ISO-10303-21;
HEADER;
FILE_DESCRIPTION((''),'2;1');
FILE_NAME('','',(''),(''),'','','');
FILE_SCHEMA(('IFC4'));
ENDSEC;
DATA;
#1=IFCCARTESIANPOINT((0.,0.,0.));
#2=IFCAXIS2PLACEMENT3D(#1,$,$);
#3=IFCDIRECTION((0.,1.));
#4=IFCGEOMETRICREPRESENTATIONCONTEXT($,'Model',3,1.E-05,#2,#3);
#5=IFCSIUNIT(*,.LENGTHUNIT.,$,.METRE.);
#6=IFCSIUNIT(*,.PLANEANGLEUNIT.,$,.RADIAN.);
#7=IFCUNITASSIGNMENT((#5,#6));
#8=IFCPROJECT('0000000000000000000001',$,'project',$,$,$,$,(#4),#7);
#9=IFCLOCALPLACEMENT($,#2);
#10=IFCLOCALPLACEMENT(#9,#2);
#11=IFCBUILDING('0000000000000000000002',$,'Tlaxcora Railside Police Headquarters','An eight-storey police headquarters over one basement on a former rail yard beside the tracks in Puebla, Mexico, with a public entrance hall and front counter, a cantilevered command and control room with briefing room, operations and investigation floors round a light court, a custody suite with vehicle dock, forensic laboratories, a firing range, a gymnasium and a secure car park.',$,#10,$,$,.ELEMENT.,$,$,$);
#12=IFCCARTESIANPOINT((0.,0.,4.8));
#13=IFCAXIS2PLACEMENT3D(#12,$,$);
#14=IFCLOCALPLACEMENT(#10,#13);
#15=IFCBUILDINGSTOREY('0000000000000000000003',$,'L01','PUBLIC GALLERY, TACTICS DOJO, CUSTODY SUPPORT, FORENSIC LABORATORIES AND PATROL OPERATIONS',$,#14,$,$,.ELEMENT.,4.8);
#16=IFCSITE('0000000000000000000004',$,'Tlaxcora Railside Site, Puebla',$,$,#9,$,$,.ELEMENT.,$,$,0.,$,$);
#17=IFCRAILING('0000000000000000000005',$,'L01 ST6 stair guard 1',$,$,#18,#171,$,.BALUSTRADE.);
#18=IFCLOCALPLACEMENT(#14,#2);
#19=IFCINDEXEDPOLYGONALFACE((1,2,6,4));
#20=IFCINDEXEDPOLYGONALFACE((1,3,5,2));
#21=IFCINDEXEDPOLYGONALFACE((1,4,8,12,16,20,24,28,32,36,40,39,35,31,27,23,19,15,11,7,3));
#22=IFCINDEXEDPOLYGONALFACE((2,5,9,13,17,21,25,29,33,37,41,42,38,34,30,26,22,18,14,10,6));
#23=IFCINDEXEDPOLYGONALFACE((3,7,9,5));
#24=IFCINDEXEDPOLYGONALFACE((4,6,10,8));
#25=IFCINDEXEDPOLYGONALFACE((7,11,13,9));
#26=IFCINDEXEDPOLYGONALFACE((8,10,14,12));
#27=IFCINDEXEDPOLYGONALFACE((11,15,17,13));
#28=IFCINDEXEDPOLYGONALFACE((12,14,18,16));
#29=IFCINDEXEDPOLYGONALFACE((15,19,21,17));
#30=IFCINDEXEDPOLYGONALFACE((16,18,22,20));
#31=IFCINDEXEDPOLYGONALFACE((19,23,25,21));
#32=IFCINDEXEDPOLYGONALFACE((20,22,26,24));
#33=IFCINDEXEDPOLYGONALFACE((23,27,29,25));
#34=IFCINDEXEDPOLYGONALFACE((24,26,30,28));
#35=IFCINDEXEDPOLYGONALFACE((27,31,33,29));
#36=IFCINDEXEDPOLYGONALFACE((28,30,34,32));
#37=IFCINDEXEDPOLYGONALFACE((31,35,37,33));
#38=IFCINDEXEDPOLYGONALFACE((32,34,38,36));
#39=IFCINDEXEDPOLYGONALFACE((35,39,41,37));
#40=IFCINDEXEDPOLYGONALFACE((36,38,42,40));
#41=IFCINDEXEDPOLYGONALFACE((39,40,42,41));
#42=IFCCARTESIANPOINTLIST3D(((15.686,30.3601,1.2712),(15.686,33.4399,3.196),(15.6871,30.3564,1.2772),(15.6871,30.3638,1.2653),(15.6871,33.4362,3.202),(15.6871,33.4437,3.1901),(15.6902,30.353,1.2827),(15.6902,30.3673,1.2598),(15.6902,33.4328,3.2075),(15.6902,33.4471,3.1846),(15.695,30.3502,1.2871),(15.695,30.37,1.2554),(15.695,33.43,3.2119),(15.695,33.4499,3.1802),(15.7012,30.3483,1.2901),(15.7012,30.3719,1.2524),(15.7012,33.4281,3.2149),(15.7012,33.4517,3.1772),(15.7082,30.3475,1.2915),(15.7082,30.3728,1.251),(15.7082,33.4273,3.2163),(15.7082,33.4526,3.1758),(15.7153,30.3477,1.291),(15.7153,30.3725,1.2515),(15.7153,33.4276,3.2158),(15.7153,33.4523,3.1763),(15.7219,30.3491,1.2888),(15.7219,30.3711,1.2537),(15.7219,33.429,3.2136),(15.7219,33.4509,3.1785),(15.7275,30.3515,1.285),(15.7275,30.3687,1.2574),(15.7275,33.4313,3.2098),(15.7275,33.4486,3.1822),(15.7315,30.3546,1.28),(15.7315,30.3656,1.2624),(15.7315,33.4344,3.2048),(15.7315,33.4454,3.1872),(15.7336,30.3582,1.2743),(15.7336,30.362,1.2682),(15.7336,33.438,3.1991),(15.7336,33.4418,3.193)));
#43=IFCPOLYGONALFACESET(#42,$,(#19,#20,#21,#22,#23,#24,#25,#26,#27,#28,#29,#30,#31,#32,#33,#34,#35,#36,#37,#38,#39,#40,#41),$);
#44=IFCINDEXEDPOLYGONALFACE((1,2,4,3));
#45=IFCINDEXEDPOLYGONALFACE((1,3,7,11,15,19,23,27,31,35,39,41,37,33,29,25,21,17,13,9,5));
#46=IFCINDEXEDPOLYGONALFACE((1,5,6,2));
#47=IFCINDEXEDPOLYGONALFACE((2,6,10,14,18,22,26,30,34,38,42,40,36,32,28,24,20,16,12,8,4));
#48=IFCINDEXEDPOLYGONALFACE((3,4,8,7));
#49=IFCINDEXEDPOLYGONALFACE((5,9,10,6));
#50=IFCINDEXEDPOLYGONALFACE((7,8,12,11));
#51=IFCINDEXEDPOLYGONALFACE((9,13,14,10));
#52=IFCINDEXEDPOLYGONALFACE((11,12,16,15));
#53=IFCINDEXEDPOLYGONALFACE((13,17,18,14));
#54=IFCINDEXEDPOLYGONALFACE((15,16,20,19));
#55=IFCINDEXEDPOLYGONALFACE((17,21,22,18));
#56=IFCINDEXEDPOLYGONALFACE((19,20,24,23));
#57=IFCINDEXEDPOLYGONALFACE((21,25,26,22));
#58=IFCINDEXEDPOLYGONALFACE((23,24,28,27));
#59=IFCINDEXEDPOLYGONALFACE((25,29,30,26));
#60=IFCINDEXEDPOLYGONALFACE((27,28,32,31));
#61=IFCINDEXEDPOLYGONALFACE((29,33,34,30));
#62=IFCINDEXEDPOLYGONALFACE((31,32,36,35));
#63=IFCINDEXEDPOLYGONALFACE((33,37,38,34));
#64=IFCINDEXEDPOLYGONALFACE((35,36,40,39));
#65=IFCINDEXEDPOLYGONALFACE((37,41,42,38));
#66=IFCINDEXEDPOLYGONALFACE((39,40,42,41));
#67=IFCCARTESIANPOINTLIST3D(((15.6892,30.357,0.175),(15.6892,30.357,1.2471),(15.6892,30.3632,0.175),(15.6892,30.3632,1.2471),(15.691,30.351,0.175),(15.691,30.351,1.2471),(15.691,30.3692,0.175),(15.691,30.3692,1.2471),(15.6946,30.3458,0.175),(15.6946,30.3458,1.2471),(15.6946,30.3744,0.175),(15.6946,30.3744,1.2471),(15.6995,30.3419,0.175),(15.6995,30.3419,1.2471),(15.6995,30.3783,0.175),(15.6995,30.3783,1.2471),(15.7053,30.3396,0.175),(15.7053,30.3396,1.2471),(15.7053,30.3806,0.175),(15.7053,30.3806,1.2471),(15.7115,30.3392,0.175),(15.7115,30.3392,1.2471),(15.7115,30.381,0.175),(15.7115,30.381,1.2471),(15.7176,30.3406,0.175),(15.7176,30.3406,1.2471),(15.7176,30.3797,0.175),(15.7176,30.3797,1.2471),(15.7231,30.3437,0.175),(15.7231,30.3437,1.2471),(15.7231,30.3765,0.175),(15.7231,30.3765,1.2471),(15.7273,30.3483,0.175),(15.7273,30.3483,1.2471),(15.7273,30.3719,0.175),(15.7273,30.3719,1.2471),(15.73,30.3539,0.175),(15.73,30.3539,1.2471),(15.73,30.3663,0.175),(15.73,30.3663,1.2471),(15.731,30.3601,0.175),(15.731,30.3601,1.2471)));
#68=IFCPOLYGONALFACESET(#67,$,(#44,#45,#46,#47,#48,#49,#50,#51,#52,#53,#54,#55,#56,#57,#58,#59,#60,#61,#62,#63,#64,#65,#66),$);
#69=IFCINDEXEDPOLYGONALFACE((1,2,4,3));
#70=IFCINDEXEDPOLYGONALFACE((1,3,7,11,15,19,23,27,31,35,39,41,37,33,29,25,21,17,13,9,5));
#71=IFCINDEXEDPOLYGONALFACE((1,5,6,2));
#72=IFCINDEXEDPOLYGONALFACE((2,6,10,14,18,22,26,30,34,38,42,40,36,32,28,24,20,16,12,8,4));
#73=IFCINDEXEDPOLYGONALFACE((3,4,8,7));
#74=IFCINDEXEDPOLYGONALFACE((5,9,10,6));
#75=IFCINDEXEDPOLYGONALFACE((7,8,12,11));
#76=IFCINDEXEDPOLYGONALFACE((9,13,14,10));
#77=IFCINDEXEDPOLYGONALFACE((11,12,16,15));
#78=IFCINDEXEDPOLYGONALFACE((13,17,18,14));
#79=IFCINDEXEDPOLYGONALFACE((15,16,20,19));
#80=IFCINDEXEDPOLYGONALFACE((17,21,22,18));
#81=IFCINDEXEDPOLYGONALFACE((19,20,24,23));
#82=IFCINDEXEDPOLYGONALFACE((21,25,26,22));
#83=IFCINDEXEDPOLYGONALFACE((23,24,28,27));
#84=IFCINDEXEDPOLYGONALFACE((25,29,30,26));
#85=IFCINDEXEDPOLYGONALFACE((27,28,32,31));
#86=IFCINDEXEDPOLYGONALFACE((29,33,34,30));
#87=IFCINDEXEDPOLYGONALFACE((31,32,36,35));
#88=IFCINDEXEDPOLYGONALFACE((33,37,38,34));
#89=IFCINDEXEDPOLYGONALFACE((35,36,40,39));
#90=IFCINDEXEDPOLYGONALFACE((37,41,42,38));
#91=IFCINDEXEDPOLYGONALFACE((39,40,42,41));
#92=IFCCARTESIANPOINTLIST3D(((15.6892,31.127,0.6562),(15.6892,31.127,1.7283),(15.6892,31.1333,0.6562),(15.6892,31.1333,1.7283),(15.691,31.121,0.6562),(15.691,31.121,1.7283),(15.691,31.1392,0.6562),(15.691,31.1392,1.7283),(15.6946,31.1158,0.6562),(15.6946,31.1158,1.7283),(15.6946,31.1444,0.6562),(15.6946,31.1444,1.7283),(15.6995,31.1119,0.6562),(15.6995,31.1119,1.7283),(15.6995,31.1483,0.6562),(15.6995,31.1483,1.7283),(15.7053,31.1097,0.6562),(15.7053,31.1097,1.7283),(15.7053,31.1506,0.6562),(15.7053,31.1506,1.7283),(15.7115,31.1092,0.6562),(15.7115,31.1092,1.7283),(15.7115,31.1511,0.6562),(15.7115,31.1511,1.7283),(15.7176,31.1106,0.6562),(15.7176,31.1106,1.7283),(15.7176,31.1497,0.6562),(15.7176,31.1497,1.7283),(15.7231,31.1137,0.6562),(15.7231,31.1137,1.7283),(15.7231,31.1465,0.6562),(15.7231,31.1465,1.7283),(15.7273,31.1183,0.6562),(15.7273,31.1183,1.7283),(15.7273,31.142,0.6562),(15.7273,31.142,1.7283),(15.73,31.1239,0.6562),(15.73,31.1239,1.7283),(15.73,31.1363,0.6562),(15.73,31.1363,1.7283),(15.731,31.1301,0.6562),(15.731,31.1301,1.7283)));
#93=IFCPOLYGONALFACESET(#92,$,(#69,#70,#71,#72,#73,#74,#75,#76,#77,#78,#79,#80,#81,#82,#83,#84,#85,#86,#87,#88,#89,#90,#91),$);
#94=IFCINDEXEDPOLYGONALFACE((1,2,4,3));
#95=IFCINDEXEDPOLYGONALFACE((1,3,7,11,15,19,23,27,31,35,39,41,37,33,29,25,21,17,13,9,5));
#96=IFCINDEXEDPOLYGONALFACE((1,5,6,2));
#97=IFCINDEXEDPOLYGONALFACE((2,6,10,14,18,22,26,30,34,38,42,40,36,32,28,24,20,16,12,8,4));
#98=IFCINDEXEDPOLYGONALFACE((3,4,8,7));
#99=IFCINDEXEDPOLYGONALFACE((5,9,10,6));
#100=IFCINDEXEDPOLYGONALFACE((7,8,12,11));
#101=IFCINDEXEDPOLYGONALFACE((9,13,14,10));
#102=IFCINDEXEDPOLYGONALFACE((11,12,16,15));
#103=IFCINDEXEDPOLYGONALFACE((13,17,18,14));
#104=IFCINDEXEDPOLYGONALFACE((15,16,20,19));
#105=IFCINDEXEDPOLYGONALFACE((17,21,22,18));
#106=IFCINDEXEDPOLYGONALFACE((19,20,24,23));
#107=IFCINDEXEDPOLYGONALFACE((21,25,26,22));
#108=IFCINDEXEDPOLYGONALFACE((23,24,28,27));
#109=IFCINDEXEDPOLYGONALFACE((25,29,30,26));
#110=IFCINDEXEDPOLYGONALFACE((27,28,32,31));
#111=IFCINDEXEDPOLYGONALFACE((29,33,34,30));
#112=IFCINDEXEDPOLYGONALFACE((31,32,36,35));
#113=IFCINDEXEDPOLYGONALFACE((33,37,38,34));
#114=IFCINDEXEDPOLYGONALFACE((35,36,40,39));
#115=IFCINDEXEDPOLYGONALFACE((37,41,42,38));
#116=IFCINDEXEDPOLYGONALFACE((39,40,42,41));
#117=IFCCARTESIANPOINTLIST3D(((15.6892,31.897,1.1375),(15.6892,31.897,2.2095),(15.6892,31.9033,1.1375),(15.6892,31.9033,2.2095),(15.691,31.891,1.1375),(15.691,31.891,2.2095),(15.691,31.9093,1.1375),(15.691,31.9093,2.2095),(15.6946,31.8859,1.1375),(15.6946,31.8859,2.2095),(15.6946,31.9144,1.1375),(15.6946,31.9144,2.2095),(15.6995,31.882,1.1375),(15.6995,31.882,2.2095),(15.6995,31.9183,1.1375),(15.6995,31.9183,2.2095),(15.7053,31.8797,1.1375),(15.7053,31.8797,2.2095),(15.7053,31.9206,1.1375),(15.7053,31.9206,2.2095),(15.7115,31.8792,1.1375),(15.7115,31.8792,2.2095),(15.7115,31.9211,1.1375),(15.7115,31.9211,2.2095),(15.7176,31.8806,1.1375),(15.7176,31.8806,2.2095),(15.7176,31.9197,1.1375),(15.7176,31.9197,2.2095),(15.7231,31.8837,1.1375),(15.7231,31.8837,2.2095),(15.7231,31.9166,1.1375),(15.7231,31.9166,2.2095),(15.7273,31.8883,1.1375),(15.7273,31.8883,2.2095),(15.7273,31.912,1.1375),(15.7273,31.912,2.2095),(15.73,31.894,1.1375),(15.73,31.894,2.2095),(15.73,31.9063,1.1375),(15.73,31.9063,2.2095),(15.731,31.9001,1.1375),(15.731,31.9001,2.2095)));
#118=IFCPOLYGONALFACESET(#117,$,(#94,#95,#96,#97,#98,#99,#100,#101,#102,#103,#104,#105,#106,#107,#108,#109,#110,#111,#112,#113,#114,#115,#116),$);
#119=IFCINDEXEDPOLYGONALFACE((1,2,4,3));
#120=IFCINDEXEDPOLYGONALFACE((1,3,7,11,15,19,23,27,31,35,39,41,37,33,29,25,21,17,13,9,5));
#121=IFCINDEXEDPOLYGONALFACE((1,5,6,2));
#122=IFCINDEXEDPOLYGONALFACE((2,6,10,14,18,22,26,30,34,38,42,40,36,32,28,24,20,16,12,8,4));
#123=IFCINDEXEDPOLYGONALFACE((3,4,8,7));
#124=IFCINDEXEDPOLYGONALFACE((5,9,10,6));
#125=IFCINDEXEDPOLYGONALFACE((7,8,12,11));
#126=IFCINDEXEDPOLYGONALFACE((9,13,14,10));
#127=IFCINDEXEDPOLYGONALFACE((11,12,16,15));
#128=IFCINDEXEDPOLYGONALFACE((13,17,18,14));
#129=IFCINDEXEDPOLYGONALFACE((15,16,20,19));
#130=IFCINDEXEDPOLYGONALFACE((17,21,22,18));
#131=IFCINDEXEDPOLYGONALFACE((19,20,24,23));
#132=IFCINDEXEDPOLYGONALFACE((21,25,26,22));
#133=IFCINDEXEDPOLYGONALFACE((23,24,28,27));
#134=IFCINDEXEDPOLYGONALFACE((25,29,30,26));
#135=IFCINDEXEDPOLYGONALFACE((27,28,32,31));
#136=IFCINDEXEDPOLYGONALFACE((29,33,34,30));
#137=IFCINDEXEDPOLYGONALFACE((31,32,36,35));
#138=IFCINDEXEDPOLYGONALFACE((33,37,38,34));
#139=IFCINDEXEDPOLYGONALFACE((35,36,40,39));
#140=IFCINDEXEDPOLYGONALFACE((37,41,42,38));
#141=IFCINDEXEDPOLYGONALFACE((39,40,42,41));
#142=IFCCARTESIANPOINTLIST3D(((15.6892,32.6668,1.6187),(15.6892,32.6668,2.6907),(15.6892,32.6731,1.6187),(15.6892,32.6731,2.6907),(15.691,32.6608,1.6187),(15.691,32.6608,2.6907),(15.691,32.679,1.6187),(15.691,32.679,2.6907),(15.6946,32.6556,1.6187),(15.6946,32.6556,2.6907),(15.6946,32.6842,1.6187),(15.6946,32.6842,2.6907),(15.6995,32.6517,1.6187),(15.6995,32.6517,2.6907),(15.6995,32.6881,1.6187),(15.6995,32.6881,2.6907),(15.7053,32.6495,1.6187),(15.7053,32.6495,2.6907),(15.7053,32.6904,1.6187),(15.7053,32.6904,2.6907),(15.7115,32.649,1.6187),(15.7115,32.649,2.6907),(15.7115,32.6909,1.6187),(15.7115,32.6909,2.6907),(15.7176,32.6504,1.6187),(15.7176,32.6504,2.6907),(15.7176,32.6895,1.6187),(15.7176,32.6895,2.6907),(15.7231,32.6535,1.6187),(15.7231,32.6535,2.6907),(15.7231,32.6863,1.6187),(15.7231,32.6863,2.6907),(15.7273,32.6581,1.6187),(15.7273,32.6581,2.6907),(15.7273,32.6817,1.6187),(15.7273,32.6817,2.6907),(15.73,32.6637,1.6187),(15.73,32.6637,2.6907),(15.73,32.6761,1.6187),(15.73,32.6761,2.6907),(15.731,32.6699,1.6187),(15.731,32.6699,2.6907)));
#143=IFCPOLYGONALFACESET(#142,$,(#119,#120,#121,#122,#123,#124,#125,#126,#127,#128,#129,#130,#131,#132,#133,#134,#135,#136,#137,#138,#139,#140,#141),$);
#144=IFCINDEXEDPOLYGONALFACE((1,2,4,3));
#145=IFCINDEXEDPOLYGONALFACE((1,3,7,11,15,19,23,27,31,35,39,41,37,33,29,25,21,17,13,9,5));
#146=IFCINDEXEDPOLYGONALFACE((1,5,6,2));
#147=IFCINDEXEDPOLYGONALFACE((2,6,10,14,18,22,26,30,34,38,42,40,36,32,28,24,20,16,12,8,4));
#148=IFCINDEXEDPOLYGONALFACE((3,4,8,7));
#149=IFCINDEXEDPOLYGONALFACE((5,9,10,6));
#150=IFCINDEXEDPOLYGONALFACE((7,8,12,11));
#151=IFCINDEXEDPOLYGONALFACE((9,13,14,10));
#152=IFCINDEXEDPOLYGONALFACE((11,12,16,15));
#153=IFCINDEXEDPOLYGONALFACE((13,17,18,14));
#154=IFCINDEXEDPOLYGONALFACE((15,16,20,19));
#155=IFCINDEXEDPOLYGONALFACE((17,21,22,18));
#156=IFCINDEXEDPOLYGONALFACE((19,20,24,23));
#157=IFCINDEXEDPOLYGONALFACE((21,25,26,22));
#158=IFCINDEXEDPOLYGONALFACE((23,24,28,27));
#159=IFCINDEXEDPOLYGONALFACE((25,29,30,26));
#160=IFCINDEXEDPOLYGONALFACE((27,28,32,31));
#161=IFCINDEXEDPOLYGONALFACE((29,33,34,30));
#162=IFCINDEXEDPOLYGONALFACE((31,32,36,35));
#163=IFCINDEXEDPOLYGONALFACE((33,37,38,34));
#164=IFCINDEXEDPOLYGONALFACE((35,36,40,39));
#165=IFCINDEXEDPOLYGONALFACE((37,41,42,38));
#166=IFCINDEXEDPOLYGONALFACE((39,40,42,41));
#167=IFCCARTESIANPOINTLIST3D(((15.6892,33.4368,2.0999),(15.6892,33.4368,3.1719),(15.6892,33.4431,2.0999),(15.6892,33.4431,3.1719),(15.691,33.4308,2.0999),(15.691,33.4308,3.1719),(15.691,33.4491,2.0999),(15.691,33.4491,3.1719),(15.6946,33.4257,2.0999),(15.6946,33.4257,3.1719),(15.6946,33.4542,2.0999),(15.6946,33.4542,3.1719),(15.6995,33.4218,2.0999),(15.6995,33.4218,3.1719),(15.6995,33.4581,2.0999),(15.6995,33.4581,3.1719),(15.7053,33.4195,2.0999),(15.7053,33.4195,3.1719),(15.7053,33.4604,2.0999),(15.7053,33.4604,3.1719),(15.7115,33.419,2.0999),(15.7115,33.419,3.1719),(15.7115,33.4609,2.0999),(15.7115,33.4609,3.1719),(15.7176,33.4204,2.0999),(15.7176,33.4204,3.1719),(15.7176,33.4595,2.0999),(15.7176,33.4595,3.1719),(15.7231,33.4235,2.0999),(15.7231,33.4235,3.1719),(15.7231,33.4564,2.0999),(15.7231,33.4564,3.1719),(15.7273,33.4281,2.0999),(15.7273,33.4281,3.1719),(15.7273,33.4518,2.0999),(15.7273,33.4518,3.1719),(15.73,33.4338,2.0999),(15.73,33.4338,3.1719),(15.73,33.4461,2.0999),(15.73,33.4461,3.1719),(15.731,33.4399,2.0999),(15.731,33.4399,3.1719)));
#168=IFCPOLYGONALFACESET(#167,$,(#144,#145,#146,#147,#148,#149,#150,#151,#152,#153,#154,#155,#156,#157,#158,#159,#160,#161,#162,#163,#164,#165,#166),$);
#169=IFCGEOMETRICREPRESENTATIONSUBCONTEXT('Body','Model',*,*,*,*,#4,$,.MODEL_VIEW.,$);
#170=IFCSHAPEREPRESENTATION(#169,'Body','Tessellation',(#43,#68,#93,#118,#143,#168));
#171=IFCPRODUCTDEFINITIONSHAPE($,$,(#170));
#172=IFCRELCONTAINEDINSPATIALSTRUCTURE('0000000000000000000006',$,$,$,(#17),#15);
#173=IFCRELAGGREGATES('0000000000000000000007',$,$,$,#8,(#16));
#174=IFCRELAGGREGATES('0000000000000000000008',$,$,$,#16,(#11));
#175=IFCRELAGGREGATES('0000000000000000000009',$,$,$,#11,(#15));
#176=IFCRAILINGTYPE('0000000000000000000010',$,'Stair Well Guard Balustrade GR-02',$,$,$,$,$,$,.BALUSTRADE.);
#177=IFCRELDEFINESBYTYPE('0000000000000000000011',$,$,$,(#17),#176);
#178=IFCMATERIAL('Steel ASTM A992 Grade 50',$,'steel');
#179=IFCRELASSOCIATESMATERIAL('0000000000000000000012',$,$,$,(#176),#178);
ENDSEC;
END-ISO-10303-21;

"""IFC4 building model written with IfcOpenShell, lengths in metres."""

from ifc_helpers import new_model, si_unit, direction, frame, origin, origin_2d, place, context, subcontext, project, spatial, circle, extrude, material, type_object, element, save


model = new_model("IFC4")

# Units and contexts
model_context = context("Model", 3, precision=1e-05, world=origin(), true_north=direction((0.0, 1.0)))
body_context = subcontext(model_context, "Body", "Model", "MODEL_VIEW")
ifc_project = project(units=[si_unit("LENGTHUNIT", "METRE"), si_unit("PLANEANGLEUNIT", "RADIAN")], contexts=[model_context])

# Site, building, storey
site_placement = place(None, origin())
site = spatial("IfcSite", under=ifc_project, at=site_placement, Name="Tlaxcora Railside Site, Puebla", CompositionType="ELEMENT", RefElevation=0.0)
building_placement = place(site_placement, origin())
building = spatial("IfcBuilding", under=site, at=building_placement, Name="Tlaxcora Railside Police Headquarters", Description="An eight-storey police headquarters over one basement on a former rail yard beside the tracks in Puebla, Mexico, with a public entrance hall and front counter, a cantilevered command and control room with briefing room, operations and investigation floors round a light court, a custody suite with vehicle dock, forensic laboratories, a firing range, a gymnasium and a secure car park.", CompositionType="ELEMENT")
storey_placement = place(building_placement, frame((0.0, 0.0, 4.8)))
storey = spatial("IfcBuildingStorey", under=building, at=storey_placement, Name="L01", Description="PUBLIC GALLERY, TACTICS DOJO, CUSTODY SUPPORT, FORENSIC LABORATORIES AND PATROL OPERATIONS", CompositionType="ELEMENT", Elevation=4.8)

# Shared definitions
ifc_material_1 = material(Name="Steel ASTM A992 Grade 50", Category="steel")

# Railing
railing_type = type_object("IfcRailingType", Name="Stair Well Guard Balustrade GR-02", PredefinedType="BALUSTRADE", material=ifc_material_1)
railing_1_placement = place(storey_placement, frame((15.71, 30.3601, 0.175)))
element("IfcRailing", 1, at=railing_1_placement, inside=storey, type_object=railing_type, Name="L01 ST6 stair guard 1", PredefinedType="BALUSTRADE", context=body_context, shape_type="SweptSolid", body=[
    extrude(circle(Radius=0.0239, at=origin_2d()), frame((0.0, 0.0, 1.0962), z_axis=(0.0, 0.84801, 0.529981), x_axis=(-1.0, 0.0, 0.0)), (0.0, 0.0, 1.0), 3.6318),
    extrude(circle(Radius=0.021, at=origin_2d()), origin(), (0.0, 0.0, 1.0), 1.072),
    extrude(circle(Radius=0.021, at=origin_2d()), frame((0.0, 0.77, 0.4812)), (0.0, 0.0, 1.0), 1.072),
    extrude(circle(Radius=0.021, at=origin_2d()), frame((0.0, 1.54, 0.9624)), (0.0, 0.0, 1.0), 1.072),
    extrude(circle(Radius=0.021, at=origin_2d()), frame((0.0, 2.3098, 1.4436)), (0.0, 0.0, 1.0), 1.072),
    extrude(circle(Radius=0.021, at=origin_2d()), frame((0.0, 3.0798, 1.9248)), (0.0, 0.0, 1.0), 1.072),
])

save(model, "model.ifc")
